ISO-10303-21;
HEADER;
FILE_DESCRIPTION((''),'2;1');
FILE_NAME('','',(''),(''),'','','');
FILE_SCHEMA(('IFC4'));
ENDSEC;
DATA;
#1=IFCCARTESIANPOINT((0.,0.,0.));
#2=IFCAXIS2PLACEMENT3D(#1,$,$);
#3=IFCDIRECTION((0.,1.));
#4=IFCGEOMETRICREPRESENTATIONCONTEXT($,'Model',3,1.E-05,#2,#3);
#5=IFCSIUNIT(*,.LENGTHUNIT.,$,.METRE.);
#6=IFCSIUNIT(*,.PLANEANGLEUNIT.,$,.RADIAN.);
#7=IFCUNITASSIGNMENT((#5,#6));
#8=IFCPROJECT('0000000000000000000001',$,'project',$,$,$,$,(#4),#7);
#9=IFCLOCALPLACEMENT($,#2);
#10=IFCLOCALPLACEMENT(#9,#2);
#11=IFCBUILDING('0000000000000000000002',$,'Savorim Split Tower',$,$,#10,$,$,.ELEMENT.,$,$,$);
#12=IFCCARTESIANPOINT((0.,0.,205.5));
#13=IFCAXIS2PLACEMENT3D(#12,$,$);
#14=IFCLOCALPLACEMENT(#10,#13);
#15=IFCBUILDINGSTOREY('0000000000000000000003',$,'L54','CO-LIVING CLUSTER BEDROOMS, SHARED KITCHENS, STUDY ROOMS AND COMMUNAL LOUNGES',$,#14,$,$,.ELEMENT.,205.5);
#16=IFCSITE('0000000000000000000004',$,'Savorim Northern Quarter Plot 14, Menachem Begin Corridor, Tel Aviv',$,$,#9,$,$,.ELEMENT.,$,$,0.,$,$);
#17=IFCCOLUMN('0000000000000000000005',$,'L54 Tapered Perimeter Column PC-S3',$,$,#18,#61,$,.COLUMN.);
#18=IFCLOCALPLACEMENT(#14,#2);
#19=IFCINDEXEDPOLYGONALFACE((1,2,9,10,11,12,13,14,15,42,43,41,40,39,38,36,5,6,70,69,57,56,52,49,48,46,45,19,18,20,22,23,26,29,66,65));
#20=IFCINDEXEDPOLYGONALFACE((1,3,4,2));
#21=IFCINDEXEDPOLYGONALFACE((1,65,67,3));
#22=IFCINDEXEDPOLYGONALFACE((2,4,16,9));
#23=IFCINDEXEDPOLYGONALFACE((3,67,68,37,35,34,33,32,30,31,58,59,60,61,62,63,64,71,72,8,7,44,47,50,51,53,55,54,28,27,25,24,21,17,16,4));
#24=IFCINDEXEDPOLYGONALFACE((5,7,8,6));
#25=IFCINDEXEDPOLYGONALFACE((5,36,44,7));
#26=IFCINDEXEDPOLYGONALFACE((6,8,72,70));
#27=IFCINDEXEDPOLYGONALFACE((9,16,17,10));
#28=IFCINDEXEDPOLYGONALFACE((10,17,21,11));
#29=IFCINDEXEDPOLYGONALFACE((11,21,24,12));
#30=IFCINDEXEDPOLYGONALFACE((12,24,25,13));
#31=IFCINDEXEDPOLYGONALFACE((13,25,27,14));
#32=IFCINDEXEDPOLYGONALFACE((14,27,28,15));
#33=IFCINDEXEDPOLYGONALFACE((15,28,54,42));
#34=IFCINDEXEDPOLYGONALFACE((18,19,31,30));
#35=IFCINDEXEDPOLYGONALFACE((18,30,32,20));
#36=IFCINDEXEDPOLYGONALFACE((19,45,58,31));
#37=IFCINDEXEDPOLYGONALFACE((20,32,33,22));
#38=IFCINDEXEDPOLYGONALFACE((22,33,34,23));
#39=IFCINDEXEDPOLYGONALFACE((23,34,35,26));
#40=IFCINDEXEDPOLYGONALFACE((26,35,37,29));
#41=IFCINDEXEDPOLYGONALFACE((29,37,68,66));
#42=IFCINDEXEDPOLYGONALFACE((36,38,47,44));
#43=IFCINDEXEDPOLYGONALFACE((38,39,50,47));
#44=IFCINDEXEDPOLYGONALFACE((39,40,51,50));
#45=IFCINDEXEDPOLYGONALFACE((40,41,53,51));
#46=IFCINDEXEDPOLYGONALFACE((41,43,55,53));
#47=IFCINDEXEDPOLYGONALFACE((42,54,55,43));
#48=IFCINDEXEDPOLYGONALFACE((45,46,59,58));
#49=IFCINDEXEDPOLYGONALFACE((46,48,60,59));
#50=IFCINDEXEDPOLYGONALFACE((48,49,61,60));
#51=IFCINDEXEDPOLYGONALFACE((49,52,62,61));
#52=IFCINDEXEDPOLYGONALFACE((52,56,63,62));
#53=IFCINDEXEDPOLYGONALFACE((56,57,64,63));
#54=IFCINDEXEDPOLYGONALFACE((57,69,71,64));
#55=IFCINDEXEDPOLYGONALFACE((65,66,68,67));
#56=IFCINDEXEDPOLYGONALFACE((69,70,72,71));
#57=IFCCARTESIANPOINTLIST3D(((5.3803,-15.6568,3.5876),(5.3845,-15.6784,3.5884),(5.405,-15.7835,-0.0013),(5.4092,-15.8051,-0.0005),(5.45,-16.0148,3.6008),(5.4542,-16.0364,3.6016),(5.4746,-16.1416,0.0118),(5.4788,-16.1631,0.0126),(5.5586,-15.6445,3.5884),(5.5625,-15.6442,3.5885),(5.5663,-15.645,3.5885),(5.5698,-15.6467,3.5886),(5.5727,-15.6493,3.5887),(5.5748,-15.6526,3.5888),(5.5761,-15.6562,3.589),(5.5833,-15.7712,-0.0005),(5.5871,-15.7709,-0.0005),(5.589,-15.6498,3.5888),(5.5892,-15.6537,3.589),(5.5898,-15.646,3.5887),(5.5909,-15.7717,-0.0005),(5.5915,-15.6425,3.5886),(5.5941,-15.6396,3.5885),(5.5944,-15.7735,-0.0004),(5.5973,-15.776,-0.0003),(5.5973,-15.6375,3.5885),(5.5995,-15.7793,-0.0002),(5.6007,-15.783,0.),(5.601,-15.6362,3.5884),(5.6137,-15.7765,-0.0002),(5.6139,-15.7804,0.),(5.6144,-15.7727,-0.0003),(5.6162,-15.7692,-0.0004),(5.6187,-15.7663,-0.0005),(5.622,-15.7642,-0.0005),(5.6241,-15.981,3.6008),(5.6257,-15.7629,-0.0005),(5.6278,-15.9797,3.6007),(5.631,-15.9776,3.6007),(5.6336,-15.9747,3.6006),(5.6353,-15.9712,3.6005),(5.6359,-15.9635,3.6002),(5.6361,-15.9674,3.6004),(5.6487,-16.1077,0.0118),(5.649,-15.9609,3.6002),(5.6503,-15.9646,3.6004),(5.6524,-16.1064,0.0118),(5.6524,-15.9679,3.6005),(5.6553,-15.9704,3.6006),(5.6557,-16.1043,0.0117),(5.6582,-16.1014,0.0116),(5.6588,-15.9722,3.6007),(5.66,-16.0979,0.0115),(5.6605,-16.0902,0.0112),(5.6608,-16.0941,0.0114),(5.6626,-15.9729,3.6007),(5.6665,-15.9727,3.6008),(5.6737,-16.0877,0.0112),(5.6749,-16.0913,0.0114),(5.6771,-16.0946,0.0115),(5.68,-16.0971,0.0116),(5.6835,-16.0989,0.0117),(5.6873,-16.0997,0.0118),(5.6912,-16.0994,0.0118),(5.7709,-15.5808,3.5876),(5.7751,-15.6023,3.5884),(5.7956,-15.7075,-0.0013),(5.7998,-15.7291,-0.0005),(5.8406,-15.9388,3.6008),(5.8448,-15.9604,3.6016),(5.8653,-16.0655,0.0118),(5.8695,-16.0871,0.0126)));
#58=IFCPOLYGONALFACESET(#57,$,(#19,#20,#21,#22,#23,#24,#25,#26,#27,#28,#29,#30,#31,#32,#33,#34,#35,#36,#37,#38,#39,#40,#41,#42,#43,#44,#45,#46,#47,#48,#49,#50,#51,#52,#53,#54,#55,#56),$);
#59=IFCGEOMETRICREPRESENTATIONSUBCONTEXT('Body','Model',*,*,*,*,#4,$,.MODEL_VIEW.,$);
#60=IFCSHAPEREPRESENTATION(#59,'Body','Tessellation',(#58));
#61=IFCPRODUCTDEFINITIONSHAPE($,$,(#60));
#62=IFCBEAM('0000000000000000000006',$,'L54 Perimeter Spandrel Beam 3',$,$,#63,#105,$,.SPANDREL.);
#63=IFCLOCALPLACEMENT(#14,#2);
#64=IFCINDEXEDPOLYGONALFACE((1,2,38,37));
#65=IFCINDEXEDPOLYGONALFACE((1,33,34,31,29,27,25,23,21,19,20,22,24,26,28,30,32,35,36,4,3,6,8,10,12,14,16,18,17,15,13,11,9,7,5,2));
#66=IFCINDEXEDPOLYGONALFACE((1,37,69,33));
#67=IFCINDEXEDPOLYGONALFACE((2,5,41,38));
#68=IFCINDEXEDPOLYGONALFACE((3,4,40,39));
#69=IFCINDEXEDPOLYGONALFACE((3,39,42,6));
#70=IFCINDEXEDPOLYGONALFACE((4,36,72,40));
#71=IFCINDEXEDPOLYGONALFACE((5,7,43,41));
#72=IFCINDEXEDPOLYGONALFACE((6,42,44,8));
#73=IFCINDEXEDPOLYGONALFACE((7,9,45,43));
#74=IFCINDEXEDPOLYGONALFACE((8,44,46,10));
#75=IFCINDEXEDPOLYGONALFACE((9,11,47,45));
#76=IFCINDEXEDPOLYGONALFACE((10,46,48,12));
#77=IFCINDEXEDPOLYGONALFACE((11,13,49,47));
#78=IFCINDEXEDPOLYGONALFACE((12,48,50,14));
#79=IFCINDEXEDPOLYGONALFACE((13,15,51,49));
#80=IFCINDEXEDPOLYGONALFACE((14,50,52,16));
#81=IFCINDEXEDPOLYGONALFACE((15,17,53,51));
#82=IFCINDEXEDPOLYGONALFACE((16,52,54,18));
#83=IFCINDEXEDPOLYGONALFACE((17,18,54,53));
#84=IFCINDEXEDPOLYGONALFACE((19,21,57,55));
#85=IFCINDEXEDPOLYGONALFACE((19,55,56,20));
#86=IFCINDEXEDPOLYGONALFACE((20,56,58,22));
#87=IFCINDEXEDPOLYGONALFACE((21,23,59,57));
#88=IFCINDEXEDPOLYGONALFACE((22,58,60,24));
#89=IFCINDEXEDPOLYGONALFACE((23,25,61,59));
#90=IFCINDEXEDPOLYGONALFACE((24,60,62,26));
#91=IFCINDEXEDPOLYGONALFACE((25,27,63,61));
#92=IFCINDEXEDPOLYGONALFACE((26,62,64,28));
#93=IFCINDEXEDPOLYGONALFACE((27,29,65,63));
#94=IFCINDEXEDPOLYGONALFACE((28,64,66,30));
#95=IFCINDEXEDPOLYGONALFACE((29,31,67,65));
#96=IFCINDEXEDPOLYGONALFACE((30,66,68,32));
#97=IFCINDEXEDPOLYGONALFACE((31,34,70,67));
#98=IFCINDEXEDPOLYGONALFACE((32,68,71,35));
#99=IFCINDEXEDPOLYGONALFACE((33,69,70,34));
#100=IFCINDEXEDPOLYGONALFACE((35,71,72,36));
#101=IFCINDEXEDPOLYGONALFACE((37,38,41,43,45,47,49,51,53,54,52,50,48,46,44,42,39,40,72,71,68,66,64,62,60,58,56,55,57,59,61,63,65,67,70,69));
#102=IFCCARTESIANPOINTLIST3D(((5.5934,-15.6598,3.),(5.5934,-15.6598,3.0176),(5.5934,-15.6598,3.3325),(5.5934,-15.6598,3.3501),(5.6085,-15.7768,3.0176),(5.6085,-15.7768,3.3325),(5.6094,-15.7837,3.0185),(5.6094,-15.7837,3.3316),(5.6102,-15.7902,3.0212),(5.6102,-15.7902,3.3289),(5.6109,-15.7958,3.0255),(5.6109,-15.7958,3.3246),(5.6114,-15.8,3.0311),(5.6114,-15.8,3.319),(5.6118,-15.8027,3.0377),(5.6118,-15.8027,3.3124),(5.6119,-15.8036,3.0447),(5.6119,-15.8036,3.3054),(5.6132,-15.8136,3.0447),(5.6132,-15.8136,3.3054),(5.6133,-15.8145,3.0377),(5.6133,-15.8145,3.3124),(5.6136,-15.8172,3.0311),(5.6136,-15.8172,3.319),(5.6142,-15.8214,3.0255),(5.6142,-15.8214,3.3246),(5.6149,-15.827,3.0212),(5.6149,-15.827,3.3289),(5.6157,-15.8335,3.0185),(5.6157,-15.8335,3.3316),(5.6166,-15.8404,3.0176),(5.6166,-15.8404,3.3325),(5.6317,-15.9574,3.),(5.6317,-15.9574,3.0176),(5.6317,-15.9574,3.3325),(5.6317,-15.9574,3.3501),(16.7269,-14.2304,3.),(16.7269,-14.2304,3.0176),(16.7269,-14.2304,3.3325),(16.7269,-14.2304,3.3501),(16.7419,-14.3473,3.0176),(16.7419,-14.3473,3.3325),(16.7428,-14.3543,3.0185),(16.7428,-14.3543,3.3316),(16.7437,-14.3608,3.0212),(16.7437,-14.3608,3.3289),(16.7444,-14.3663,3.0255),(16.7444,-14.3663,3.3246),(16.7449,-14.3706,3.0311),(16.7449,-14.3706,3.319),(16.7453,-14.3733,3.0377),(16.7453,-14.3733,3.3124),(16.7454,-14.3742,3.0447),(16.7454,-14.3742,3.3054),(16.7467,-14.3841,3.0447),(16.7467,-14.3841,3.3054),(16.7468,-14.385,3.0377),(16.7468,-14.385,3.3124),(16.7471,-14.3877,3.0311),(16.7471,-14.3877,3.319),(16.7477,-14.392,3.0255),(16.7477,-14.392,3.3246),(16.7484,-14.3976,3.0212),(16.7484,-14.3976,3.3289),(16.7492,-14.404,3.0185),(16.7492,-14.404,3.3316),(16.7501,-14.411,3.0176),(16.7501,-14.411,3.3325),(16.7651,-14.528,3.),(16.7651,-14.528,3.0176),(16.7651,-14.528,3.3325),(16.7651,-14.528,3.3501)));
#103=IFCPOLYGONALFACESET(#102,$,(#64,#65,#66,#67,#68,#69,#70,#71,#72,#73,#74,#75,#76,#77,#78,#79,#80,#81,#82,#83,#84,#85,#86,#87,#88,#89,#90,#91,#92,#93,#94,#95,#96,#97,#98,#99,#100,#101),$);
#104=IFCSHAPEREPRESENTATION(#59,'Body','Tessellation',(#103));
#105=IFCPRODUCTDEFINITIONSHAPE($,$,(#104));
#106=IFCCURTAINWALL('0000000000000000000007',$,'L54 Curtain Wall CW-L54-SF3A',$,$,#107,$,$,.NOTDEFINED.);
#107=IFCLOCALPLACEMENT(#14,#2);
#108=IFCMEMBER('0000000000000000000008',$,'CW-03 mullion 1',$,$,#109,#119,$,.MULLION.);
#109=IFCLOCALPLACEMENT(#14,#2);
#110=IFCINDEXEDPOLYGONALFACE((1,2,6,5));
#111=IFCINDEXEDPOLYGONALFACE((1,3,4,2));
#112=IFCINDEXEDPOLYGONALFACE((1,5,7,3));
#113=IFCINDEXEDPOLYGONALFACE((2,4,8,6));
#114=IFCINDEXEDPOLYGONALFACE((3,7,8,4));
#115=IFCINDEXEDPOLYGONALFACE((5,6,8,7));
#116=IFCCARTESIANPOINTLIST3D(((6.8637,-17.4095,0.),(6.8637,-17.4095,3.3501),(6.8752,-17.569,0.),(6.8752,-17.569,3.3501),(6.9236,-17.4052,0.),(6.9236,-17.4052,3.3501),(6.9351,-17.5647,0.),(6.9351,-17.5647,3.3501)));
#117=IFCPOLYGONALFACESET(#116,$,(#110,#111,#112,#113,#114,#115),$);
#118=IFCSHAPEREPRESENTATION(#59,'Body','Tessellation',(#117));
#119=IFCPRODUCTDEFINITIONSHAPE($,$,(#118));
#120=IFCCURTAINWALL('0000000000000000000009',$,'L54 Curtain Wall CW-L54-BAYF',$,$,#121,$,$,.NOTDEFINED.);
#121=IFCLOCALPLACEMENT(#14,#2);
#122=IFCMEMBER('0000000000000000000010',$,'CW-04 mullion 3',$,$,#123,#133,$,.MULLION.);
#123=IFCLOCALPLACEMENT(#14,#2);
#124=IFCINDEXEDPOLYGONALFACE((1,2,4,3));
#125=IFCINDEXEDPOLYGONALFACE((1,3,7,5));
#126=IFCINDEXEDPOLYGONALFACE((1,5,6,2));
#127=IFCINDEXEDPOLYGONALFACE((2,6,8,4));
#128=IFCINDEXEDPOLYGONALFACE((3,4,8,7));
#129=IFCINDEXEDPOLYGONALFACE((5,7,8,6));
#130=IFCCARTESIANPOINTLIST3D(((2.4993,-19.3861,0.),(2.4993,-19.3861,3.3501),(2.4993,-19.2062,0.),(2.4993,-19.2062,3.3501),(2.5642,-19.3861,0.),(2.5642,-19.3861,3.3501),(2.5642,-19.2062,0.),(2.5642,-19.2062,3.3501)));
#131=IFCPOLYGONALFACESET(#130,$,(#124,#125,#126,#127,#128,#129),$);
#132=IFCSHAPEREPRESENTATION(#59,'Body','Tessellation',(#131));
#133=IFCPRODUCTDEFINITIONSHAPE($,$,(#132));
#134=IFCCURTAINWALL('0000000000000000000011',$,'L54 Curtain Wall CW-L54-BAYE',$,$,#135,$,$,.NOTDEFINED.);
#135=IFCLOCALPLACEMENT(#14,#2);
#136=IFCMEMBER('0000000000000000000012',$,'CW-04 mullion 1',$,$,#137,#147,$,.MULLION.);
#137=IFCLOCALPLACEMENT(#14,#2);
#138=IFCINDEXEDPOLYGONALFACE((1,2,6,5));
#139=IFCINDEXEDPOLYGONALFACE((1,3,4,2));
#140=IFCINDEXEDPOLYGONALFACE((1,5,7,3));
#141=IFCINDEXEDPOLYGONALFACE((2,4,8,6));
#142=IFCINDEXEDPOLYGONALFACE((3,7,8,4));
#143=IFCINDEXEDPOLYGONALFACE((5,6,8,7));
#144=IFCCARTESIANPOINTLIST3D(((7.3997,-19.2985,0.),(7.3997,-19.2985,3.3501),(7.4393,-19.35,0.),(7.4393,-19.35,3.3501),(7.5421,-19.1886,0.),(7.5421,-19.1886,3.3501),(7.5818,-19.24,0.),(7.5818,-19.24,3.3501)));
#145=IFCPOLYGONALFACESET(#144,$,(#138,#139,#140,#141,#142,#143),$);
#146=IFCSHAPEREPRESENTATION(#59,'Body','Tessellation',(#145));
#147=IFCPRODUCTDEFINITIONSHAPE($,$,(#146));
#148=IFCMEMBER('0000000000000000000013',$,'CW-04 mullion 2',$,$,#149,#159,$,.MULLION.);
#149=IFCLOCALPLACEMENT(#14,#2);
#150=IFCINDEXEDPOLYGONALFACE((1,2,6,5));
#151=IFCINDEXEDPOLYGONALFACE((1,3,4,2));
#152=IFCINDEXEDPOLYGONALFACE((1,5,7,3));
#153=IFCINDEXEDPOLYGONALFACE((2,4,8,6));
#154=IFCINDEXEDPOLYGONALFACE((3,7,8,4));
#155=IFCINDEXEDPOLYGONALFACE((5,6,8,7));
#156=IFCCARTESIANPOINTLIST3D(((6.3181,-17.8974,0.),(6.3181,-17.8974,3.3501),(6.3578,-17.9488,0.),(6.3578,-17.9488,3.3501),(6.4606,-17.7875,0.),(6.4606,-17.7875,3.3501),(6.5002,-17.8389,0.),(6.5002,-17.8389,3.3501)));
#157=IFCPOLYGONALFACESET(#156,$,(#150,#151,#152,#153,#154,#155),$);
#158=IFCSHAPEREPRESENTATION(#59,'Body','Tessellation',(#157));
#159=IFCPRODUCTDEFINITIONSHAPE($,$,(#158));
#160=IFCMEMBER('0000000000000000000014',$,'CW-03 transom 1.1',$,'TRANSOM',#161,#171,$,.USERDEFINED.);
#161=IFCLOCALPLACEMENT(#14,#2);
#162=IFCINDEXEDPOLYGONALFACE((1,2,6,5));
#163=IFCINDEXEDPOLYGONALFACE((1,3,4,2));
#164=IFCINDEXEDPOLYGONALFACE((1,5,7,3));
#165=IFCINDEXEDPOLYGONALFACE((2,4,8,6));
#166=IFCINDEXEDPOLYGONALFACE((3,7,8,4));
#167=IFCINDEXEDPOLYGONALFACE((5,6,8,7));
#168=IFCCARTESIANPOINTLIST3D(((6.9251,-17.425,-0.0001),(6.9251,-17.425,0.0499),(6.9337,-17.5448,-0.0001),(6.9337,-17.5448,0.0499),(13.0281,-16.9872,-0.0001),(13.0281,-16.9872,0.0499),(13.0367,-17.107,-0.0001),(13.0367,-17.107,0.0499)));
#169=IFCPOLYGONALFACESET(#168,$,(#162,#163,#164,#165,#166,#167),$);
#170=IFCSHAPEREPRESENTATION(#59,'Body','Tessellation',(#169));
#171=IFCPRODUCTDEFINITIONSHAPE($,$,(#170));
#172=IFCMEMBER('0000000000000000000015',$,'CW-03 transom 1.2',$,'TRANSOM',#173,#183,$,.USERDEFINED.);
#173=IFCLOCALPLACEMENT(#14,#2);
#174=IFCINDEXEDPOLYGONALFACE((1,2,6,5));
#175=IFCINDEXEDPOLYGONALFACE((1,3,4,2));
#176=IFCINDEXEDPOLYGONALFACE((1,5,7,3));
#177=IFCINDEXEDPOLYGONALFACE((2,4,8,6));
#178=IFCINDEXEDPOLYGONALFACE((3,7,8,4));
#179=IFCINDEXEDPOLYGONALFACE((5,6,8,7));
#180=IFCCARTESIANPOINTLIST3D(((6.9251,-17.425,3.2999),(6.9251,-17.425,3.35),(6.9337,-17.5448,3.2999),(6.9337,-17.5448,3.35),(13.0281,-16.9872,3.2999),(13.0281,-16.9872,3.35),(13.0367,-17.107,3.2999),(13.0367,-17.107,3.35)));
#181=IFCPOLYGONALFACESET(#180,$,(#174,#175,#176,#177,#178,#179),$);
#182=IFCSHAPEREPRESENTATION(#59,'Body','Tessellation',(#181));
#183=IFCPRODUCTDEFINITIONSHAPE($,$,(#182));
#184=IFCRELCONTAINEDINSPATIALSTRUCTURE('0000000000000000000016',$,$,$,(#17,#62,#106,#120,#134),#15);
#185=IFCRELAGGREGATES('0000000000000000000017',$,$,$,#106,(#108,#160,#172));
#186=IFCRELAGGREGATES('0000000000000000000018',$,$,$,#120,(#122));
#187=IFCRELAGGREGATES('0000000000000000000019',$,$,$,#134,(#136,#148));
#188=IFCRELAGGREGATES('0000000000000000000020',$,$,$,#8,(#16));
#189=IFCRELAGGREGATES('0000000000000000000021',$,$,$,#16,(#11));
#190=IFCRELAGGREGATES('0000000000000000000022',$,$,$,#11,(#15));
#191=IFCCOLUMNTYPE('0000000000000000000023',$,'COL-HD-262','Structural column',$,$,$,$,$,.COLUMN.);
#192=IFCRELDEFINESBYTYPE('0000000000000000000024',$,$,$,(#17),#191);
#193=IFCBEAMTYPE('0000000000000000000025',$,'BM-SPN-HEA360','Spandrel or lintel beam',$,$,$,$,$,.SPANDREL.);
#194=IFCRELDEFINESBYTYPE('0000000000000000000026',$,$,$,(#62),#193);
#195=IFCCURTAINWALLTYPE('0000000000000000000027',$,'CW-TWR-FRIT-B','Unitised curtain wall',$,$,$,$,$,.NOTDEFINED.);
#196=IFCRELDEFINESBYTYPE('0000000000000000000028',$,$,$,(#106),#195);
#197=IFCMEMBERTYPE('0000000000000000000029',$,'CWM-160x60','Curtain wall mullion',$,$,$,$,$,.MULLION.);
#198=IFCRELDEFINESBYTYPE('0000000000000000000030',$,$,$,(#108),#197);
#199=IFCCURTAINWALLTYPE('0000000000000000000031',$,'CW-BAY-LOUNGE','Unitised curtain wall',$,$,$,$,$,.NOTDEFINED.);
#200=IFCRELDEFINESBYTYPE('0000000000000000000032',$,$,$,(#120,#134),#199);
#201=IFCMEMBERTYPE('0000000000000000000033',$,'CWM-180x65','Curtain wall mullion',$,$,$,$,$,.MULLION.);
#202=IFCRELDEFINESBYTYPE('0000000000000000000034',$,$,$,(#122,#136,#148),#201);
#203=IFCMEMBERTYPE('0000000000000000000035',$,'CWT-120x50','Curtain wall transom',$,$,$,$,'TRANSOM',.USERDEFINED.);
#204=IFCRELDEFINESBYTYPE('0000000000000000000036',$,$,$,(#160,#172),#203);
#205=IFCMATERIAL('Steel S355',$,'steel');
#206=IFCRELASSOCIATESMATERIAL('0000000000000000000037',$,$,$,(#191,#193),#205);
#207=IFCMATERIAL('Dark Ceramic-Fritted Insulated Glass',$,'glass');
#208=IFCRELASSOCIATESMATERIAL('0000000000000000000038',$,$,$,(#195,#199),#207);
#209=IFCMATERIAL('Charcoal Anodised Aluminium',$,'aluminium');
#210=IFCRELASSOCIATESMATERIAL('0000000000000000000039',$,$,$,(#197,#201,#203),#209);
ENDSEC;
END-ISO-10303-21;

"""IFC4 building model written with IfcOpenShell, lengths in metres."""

from ifc_helpers import new_model, si_unit, direction, frame, origin, origin_2d, place, context, subcontext, project, spatial, rectangle, i_section, extrude, material, material_profile, profile_set, type_object, element, aggregate, save


model = new_model("IFC4")

# Units and contexts
model_context = context("Model", 3, precision=1e-05, world=origin(), true_north=direction((0.0, 1.0)))
body_context = subcontext(model_context, "Body", "Model", "MODEL_VIEW")
ifc_project = project(units=[si_unit("LENGTHUNIT", "METRE"), si_unit("PLANEANGLEUNIT", "RADIAN")], contexts=[model_context])

# Site, building, storey
site_placement = place(None, origin())
site = spatial("IfcSite", under=ifc_project, at=site_placement, Name="Savorim Northern Quarter Plot 14, Menachem Begin Corridor, Tel Aviv", CompositionType="ELEMENT", RefElevation=0.0)
building_placement = place(site_placement, origin())
building = spatial("IfcBuilding", under=site, at=building_placement, Name="Savorim Split Tower", CompositionType="ELEMENT")
storey_placement = place(building_placement, frame((0.0, 0.0, 205.5)))
storey = spatial("IfcBuildingStorey", under=building, at=storey_placement, Name="L54", Description="CO-LIVING CLUSTER BEDROOMS, SHARED KITCHENS, STUDY ROOMS AND COMMUNAL LOUNGES", CompositionType="ELEMENT", Elevation=205.5)

# Column
ifc_material_1 = material(Name="Steel S355", Category="steel")
ifc_material_profile_1 = material_profile(ifc_material_1, i_section(OverallWidth=0.3979, OverallDepth=0.387, WebThickness=0.0134, FlangeThickness=0.022, FilletRadius=0.0149, at=origin_2d()), Name="HD 400x262")
ifc_profile_set_1 = profile_set([ifc_material_profile_1], Name="Steel S355")
column_type = type_object("IfcColumnType", Name="COL-HD-262", Description="Structural column", PredefinedType="COLUMN", material=ifc_profile_set_1)
column_placement = place(storey_placement, frame((5.6372, -15.9353, 0.0056), z_axis=(-0.006866, 0.035283, 0.999354), x_axis=(-0.981586, -0.191022, 0.0)))
element("IfcColumn", 1, at=column_placement, inside=storey, type_object=column_type, Name="L54 Tapered Perimeter Column PC-S3", PredefinedType="COLUMN", context=body_context, shape_type="SweptSolid", body=[
    extrude(i_section(OverallWidth=0.3979, OverallDepth=0.387, WebThickness=0.0134, FlangeThickness=0.022, FilletRadius=0.0149, at=origin_2d()), origin(), (0.0, 0.0, 1.0), 3.5913),
])

# Beam
ifc_material_profile_2 = material_profile(ifc_material_1, i_section(OverallWidth=0.3, OverallDepth=0.3501, WebThickness=0.01, FlangeThickness=0.0176, FilletRadius=0.0271, at=origin_2d()), Name="HEA 360")
ifc_profile_set_2 = profile_set([ifc_material_profile_2], Name="Steel S355")
beam_type = type_object("IfcBeamType", Name="BM-SPN-HEA360", Description="Spandrel or lintel beam", PredefinedType="SPANDREL", material=ifc_profile_set_2)
beam_placement = place(storey_placement, frame((5.6125, -15.8086, 3.175), z_axis=(0.991858, 0.127345, 0.0), x_axis=(-0.127345, 0.991858, 0.0)))
element("IfcBeam", 2, at=beam_placement, inside=storey, type_object=beam_type, Name="L54 Perimeter Spandrel Beam 3", PredefinedType="SPANDREL", context=body_context, shape_type="SweptSolid", body=[
    extrude(i_section(OverallWidth=0.3, OverallDepth=0.3501, WebThickness=0.01, FlangeThickness=0.0176, FilletRadius=0.0271, at=origin_2d()), origin(), (0.0, 0.0, 1.0), 11.2249),
])

# Curtain walls, members
ifc_material_2 = material(Name="Dark Ceramic-Fritted Insulated Glass", Category="glass")
curtain_wall_type_1 = type_object("IfcCurtainWallType", Name="CW-TWR-FRIT-B", Description="Unitised curtain wall", PredefinedType="NOTDEFINED", material=ifc_material_2)
curtain_wall_1_placement = place(storey_placement, origin())
curtain_wall_1 = element("IfcCurtainWall", 3, at=curtain_wall_1_placement, inside=storey, type_object=curtain_wall_type_1, Name="L54 Curtain Wall CW-L54-SF3A", PredefinedType="NOTDEFINED")
ifc_material_3 = material(Name="Charcoal Anodised Aluminium", Category="aluminium")
ifc_material_profile_3 = material_profile(ifc_material_3, rectangle(XDim=0.1599, YDim=0.0601, at=origin_2d()), Name="ALU-M 160x60")
ifc_profile_set_3 = profile_set([ifc_material_profile_3], Name="Charcoal Anodised Aluminium")
member_type_1 = type_object("IfcMemberType", Name="CWM-160x60", Description="Curtain wall mullion", PredefinedType="MULLION", material=ifc_profile_set_3)
member_1_placement = place(storey_placement, frame((6.8994, -17.4871, 0.0), z_axis=(0.0, 0.0, 1.0), x_axis=(-0.071552, 0.997437, 0.0)))
member_1 = element("IfcMember", 4, at=member_1_placement, type_object=member_type_1, Name="CW-03 mullion 1", PredefinedType="MULLION", context=body_context, shape_type="SweptSolid", body=[
    extrude(rectangle(XDim=0.1599, YDim=0.0601, at=origin_2d()), origin(), (0.0, 0.0, 1.0), 3.3501),
])
curtain_wall_type_2 = type_object("IfcCurtainWallType", Name="CW-BAY-LOUNGE", Description="Unitised curtain wall", PredefinedType="NOTDEFINED", material=ifc_material_2)
curtain_wall_2_placement = place(storey_placement, origin())
curtain_wall_2 = element("IfcCurtainWall", 5, at=curtain_wall_2_placement, inside=storey, type_object=curtain_wall_type_2, Name="L54 Curtain Wall CW-L54-BAYF", PredefinedType="NOTDEFINED")
ifc_material_profile_4 = material_profile(ifc_material_3, rectangle(XDim=0.1799, YDim=0.0649, at=origin_2d()), Name="ALU-M 180x65")
ifc_profile_set_4 = profile_set([ifc_material_profile_4], Name="Charcoal Anodised Aluminium")
member_type_2 = type_object("IfcMemberType", Name="CWM-180x65", Description="Curtain wall mullion", PredefinedType="MULLION", material=ifc_profile_set_4)
member_2_placement = place(storey_placement, frame((2.5317, -19.2961, 0.0), z_axis=(0.0, 0.0, 1.0), x_axis=(0.0, 1.0, 0.0)))
member_2 = element("IfcMember", 6, at=member_2_placement, type_object=member_type_2, Name="CW-04 mullion 3", PredefinedType="MULLION", context=body_context, shape_type="SweptSolid", body=[
    extrude(rectangle(XDim=0.1799, YDim=0.0649, at=origin_2d()), origin(), (0.0, 0.0, 1.0), 3.3501),
])

# Curtain wall, members
curtain_wall_3_placement = place(storey_placement, origin())
curtain_wall_3 = element("IfcCurtainWall", 7, at=curtain_wall_3_placement, inside=storey, type_object=curtain_wall_type_2, Name="L54 Curtain Wall CW-L54-BAYE", PredefinedType="NOTDEFINED")
member_3_placement = place(storey_placement, frame((7.4907, -19.2693, 0.0), z_axis=(0.0, 0.0, 1.0), x_axis=(-0.791644, -0.610982, 0.0)))
member_3 = element("IfcMember", 8, at=member_3_placement, type_object=member_type_2, Name="CW-04 mullion 1", PredefinedType="MULLION", context=body_context, shape_type="SweptSolid", body=[
    extrude(rectangle(XDim=0.1799, YDim=0.0649, at=origin_2d()), origin(), (0.0, 0.0, 1.0), 3.3501),
])
member_4_placement = place(storey_placement, frame((6.4092, -17.8682, 0.0), z_axis=(0.0, 0.0, 1.0), x_axis=(-0.791644, -0.610982, 0.0)))
member_4 = element("IfcMember", 9, at=member_4_placement, type_object=member_type_2, Name="CW-04 mullion 2", PredefinedType="MULLION", context=body_context, shape_type="SweptSolid", body=[
    extrude(rectangle(XDim=0.1799, YDim=0.0649, at=origin_2d()), origin(), (0.0, 0.0, 1.0), 3.3501),
])

# Members
ifc_material_profile_5 = material_profile(ifc_material_3, rectangle(XDim=0.1201, YDim=0.05, at=origin_2d()), Name="ALU-T 120x50")
ifc_profile_set_5 = profile_set([ifc_material_profile_5], Name="Charcoal Anodised Aluminium")
member_type_3 = type_object("IfcMemberType", Name="CWT-120x50", Description="Curtain wall transom", ElementType="TRANSOM", PredefinedType="USERDEFINED", material=ifc_profile_set_5)
member_5_placement = place(storey_placement, frame((6.9294, -17.4849, 0.0249), z_axis=(0.997438, 0.071542, 0.0), x_axis=(-0.071542, 0.997438, 0.0)))
member_5 = element("IfcMember", 10, at=member_5_placement, type_object=member_type_3, Name="CW-03 transom 1.1", ObjectType="TRANSOM", PredefinedType="USERDEFINED", context=body_context, shape_type="SweptSolid", body=[
    extrude(rectangle(XDim=0.1201, YDim=0.05, at=origin_2d()), origin(), (0.0, 0.0, 1.0), 6.1187),
])
member_6_placement = place(storey_placement, frame((6.9294, -17.4849, 3.325), z_axis=(0.997438, 0.071542, 0.0), x_axis=(-0.071542, 0.997438, 0.0)))
member_6 = element("IfcMember", 11, at=member_6_placement, type_object=member_type_3, Name="CW-03 transom 1.2", ObjectType="TRANSOM", PredefinedType="USERDEFINED", context=body_context, shape_type="SweptSolid", body=[
    extrude(rectangle(XDim=0.1201, YDim=0.05, at=origin_2d()), origin(), (0.0, 0.0, 1.0), 6.1187),
])
aggregate(curtain_wall_1, [member_1, member_5, member_6])

aggregate(curtain_wall_2, [member_2])
aggregate(curtain_wall_3, [member_3, member_4])

save(model, "model.ifc")
